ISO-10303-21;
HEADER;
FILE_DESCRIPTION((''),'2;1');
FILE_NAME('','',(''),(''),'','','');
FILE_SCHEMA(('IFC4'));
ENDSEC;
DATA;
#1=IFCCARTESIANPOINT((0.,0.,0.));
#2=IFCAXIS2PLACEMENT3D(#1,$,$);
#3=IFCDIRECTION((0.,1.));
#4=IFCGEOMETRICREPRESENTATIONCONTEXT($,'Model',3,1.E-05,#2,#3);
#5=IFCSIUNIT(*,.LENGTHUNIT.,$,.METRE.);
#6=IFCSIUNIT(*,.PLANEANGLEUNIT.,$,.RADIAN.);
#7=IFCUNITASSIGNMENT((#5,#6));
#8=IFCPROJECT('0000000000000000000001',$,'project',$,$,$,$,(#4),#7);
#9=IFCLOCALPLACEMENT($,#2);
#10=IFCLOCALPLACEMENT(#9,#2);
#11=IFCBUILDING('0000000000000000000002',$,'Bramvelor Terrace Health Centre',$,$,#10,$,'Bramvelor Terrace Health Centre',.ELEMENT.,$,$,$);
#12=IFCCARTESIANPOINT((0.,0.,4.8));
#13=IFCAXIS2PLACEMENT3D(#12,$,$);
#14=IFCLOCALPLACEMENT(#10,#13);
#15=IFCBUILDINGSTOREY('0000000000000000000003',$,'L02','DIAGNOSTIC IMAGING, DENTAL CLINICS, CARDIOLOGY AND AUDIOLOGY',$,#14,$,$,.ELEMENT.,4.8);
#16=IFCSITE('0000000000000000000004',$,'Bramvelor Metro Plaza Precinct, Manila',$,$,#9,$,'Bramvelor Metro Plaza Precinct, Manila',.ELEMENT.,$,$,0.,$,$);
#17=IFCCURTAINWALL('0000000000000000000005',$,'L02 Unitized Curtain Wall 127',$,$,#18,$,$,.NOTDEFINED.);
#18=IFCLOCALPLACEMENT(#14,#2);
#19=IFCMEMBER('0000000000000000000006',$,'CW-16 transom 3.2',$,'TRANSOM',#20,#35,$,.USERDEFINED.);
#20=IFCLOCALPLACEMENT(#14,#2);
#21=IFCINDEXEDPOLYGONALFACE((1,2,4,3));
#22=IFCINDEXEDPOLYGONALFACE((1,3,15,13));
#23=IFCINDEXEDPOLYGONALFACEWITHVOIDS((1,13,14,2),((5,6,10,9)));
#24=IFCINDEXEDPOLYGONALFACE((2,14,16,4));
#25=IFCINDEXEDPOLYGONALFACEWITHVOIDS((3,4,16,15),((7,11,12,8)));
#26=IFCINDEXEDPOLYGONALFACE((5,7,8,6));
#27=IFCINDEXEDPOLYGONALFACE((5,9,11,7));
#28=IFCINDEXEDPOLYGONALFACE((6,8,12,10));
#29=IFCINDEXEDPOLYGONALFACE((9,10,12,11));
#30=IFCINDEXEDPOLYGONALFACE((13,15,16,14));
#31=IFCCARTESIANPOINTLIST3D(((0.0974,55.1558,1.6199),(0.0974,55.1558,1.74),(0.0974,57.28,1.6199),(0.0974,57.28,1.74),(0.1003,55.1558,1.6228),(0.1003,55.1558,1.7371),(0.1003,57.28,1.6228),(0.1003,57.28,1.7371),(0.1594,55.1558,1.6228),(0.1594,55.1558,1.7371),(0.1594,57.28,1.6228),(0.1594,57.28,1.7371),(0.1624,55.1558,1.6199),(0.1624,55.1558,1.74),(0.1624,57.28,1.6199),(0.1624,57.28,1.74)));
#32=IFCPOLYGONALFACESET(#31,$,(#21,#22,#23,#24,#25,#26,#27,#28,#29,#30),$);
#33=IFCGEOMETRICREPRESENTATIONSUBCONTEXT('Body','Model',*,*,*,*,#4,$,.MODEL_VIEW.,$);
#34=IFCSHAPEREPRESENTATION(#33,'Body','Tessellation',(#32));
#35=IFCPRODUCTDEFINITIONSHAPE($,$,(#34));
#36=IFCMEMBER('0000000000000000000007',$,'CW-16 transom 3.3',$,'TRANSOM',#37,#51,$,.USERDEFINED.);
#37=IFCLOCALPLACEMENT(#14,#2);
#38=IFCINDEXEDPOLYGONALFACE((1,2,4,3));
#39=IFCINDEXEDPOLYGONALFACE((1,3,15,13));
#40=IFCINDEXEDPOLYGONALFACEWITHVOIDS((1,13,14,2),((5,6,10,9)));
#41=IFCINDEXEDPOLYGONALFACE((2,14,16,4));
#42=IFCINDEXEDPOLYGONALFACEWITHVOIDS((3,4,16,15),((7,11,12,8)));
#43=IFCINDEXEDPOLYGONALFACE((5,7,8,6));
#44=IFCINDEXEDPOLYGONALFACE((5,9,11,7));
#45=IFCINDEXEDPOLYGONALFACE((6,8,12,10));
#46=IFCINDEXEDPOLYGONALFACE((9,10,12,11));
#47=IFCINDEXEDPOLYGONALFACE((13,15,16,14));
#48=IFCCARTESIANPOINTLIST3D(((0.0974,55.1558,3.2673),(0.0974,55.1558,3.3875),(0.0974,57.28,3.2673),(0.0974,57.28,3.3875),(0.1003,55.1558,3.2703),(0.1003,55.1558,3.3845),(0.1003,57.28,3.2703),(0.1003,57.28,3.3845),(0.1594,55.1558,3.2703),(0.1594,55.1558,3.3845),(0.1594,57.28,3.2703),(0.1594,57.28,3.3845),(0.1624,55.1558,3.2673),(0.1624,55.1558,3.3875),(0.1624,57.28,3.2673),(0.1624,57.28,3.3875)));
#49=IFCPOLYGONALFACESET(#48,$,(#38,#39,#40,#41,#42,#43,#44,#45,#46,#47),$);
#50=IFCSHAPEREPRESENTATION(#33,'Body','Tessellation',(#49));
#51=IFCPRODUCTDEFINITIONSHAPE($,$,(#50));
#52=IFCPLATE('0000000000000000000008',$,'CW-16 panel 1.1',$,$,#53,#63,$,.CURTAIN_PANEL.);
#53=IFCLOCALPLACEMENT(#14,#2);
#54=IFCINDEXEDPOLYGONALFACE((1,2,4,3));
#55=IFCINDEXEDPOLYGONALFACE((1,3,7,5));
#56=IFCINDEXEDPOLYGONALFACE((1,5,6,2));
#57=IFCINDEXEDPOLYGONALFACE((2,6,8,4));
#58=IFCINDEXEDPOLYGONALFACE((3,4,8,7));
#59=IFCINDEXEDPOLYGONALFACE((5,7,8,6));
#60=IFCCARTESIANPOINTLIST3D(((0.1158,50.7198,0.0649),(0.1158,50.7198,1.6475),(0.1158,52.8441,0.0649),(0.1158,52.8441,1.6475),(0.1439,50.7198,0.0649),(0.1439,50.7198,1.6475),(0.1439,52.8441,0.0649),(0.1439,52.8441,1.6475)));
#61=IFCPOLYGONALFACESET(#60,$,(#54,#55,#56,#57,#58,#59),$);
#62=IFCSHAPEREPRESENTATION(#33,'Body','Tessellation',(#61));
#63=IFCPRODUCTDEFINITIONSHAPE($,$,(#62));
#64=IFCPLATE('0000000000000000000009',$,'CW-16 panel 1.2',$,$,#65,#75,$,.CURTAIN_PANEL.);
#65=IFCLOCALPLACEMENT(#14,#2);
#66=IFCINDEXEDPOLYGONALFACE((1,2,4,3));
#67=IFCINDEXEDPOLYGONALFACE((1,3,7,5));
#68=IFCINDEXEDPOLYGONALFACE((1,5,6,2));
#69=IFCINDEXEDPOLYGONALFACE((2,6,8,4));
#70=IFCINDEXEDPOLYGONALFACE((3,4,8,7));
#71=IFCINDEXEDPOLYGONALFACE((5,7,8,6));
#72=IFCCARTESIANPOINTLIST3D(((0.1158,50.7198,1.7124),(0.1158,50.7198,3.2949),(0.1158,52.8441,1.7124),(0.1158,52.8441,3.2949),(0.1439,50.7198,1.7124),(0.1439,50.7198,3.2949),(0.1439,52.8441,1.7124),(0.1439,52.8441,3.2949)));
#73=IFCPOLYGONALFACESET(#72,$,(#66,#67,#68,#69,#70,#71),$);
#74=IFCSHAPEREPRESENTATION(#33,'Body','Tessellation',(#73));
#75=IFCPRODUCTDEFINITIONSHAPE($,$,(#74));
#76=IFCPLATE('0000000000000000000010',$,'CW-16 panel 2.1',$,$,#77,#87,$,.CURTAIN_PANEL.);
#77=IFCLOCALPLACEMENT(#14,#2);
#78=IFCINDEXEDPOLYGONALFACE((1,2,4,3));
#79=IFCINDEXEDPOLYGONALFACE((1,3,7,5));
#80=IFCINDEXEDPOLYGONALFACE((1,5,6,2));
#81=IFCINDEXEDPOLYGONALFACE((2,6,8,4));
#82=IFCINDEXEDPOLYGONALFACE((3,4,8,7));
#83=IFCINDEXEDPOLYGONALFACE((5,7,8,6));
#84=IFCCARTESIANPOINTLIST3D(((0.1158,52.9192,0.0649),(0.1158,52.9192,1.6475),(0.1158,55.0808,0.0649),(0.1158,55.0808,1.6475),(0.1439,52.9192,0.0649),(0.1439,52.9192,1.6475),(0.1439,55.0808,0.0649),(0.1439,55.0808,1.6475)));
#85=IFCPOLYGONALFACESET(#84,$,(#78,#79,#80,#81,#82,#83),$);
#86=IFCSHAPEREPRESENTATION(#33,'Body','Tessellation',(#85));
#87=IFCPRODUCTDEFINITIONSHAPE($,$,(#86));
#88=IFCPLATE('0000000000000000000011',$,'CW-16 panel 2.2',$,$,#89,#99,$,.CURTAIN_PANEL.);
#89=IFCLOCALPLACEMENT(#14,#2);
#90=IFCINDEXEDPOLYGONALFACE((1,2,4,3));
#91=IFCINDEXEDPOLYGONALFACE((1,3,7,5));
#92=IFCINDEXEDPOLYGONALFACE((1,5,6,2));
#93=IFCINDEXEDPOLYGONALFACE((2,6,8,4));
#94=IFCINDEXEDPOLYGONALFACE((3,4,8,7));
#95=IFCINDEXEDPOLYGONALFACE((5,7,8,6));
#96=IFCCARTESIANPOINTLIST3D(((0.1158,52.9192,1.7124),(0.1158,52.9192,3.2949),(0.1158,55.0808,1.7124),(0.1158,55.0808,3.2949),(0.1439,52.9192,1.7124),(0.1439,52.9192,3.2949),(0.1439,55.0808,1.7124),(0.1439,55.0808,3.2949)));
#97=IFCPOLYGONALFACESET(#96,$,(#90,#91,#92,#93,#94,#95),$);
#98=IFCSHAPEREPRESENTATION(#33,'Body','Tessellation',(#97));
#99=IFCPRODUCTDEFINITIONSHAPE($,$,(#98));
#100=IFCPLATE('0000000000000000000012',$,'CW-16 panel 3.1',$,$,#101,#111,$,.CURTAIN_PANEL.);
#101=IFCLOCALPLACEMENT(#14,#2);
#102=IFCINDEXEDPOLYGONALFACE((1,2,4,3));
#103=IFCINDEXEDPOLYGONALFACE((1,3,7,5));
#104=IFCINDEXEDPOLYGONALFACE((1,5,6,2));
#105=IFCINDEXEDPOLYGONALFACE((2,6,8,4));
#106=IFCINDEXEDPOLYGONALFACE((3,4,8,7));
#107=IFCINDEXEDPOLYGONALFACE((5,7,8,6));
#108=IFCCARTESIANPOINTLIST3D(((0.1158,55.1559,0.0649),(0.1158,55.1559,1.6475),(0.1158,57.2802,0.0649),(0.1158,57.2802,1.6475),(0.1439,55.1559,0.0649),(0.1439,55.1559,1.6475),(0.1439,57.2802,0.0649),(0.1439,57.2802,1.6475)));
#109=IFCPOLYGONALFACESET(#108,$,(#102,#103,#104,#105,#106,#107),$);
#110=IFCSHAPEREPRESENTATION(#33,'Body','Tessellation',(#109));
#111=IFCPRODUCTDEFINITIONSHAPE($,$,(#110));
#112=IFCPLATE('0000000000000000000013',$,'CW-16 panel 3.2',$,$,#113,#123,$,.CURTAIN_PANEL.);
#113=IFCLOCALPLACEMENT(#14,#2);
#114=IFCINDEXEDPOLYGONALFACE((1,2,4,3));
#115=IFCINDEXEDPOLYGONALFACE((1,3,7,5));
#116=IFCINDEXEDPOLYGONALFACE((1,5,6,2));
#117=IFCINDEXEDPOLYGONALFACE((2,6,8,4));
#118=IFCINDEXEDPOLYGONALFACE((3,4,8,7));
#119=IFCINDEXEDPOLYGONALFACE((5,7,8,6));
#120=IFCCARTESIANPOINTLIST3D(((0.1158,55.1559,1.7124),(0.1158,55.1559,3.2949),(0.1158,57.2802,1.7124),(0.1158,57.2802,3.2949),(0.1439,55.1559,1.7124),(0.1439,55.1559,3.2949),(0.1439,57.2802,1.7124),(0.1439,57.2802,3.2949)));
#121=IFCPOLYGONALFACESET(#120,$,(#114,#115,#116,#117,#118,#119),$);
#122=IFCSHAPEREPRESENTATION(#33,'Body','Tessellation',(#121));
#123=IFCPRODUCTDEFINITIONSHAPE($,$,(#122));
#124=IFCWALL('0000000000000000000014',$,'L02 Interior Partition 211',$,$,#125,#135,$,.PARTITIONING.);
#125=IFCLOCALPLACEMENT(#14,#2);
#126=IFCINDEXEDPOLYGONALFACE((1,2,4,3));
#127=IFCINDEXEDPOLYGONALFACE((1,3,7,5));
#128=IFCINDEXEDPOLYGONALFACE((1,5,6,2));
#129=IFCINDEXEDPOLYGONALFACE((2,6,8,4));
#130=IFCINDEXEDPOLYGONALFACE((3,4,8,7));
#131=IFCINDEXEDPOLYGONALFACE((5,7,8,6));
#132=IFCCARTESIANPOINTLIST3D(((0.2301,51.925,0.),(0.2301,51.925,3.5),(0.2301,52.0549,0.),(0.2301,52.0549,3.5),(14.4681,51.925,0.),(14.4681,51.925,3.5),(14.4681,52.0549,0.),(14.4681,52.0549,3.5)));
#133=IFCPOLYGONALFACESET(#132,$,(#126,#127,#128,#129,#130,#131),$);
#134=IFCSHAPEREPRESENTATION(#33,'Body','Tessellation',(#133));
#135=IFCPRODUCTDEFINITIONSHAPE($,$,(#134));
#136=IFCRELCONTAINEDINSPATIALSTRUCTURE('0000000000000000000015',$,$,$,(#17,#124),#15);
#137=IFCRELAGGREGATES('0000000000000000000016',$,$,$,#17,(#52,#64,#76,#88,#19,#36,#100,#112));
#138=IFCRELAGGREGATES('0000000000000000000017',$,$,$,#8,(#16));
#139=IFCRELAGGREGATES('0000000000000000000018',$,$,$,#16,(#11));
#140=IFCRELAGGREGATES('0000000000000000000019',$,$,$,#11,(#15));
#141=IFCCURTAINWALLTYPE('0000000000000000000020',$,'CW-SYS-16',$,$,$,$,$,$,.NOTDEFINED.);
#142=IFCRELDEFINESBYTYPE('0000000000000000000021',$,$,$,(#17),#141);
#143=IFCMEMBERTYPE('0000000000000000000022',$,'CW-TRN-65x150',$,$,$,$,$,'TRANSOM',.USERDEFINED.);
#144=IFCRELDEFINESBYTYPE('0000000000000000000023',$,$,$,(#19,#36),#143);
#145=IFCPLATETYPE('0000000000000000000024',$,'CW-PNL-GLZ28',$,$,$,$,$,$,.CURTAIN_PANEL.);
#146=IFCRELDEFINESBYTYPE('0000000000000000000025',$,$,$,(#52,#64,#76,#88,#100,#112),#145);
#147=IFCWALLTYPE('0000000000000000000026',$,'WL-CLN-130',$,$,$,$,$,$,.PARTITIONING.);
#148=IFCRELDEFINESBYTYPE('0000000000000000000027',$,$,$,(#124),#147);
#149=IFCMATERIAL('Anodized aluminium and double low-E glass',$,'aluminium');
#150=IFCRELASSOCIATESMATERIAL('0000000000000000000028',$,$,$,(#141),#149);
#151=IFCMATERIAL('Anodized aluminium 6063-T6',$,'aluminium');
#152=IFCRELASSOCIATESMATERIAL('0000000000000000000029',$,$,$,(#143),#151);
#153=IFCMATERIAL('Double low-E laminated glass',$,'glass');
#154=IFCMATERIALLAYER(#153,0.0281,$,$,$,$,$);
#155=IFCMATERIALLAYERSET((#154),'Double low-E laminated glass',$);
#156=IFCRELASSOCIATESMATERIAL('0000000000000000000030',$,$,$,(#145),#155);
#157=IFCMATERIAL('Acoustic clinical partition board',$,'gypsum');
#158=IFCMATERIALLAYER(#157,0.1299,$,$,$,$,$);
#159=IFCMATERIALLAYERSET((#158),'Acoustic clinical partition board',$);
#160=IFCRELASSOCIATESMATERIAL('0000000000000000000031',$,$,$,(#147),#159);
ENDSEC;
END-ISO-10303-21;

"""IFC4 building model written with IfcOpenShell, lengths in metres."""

from ifc_helpers import new_model, si_unit, direction, frame, frame_2d, origin, origin_2d, place, context, subcontext, project, spatial, rectangle, hollow_rectangle, extrude, material, layer, layer_set, material_profile, profile_set, type_object, element, aggregate, save


model = new_model("IFC4")

# Units and contexts
model_context = context("Model", 3, precision=1e-05, world=origin(), true_north=direction((0.0, 1.0)))
body_context = subcontext(model_context, "Body", "Model", "MODEL_VIEW")
ifc_project = project(units=[si_unit("LENGTHUNIT", "METRE"), si_unit("PLANEANGLEUNIT", "RADIAN")], contexts=[model_context])

# Site, building, storey
site_placement = place(None, origin())
site = spatial("IfcSite", under=ifc_project, at=site_placement, Name="Bramvelor Metro Plaza Precinct, Manila", LongName="Bramvelor Metro Plaza Precinct, Manila", CompositionType="ELEMENT", RefElevation=0.0)
building_placement = place(site_placement, origin())
building = spatial("IfcBuilding", under=site, at=building_placement, Name="Bramvelor Terrace Health Centre", LongName="Bramvelor Terrace Health Centre", CompositionType="ELEMENT")
storey_placement = place(building_placement, frame((0.0, 0.0, 4.8)))
storey = spatial("IfcBuildingStorey", under=building, at=storey_placement, Name="L02", Description="DIAGNOSTIC IMAGING, DENTAL CLINICS, CARDIOLOGY AND AUDIOLOGY", CompositionType="ELEMENT", Elevation=4.8)

# Curtain wall, members, plates
ifc_material_1 = material(Name="Anodized aluminium and double low-E glass", Category="aluminium")
curtain_wall_type = type_object("IfcCurtainWallType", Name="CW-SYS-16", PredefinedType="NOTDEFINED", material=ifc_material_1)
curtain_wall_placement = place(storey_placement, origin())
curtain_wall = element("IfcCurtainWall", 1, at=curtain_wall_placement, inside=storey, type_object=curtain_wall_type, Name="L02 Unitized Curtain Wall 127", PredefinedType="NOTDEFINED")
ifc_material_2 = material(Name="Anodized aluminium 6063-T6", Category="aluminium")
ifc_material_profile_1 = material_profile(ifc_material_2, hollow_rectangle(XDim=0.0649, YDim=0.1201, WallThickness=0.0029, at=origin_2d()), Name="ALU-TRN 65x120x3.0")
ifc_profile_set_1 = profile_set([ifc_material_profile_1], Name="Anodized aluminium 6063-T6")
member_type_1 = type_object("IfcMemberType", Name="CW-TRN-65x150", ElementType="TRANSOM", PredefinedType="USERDEFINED", material=ifc_profile_set_1)
member_1_placement = place(storey_placement, frame((0.1299, 55.1558, 1.6799), z_axis=(0.0, 1.0, 0.0), x_axis=(-1.0, 0.0, 0.0)))
member_1 = element("IfcMember", 2, at=member_1_placement, type_object=member_type_1, Name="CW-16 transom 3.2", ObjectType="TRANSOM", PredefinedType="USERDEFINED", context=body_context, shape_type="SweptSolid", body=[
    extrude(hollow_rectangle(XDim=0.0649, YDim=0.1201, WallThickness=0.0029, at=origin_2d()), origin(), (0.0, 0.0, 1.0), 2.1243),
])
member_2_placement = place(storey_placement, frame((0.1299, 55.1558, 3.3274), z_axis=(0.0, 1.0, 0.0), x_axis=(-1.0, 0.0, 0.0)))
member_2 = element("IfcMember", 3, at=member_2_placement, type_object=member_type_1, Name="CW-16 transom 3.3", ObjectType="TRANSOM", PredefinedType="USERDEFINED", context=body_context, shape_type="SweptSolid", body=[
    extrude(hollow_rectangle(XDim=0.0649, YDim=0.1201, WallThickness=0.0029, at=origin_2d()), origin(), (0.0, 0.0, 1.0), 2.1243),
])
ifc_material_3 = material(Name="Double low-E laminated glass", Category="glass")
ifc_layer_1 = layer(ifc_material_3, 0.0281)
ifc_layer_set_1 = layer_set([ifc_layer_1], Name="Double low-E laminated glass")
plate_type = type_object("IfcPlateType", Name="CW-PNL-GLZ28", PredefinedType="CURTAIN_PANEL", material=ifc_layer_set_1)
plate_1_placement = place(storey_placement, frame((0.1299, 51.782, 0.0649), z_axis=(0.0, 0.0, 1.0), x_axis=(0.0, 1.0, 0.0)))
plate_1 = element("IfcPlate", 4, at=plate_1_placement, type_object=plate_type, Name="CW-16 panel 1.1", PredefinedType="CURTAIN_PANEL", context=body_context, shape_type="SweptSolid", body=[
    extrude(rectangle(XDim=2.1243, YDim=0.0281, at=origin_2d()), origin(), (0.0, 0.0, 1.0), 1.5825),
])
plate_2_placement = place(storey_placement, frame((0.1299, 51.782, 1.7124), z_axis=(0.0, 0.0, 1.0), x_axis=(0.0, 1.0, 0.0)))
plate_2 = element("IfcPlate", 5, at=plate_2_placement, type_object=plate_type, Name="CW-16 panel 1.2", PredefinedType="CURTAIN_PANEL", context=body_context, shape_type="SweptSolid", body=[
    extrude(rectangle(XDim=2.1243, YDim=0.0281, at=origin_2d()), origin(), (0.0, 0.0, 1.0), 1.5825),
])
plate_3_placement = place(storey_placement, frame((0.1299, 54.0, 0.0649), z_axis=(0.0, 0.0, 1.0), x_axis=(0.0, 1.0, 0.0)))
plate_3 = element("IfcPlate", 6, at=plate_3_placement, type_object=plate_type, Name="CW-16 panel 2.1", PredefinedType="CURTAIN_PANEL", context=body_context, shape_type="SweptSolid", body=[
    extrude(rectangle(XDim=2.1616, YDim=0.0281, at=origin_2d()), origin(), (0.0, 0.0, 1.0), 1.5825),
])
plate_4_placement = place(storey_placement, frame((0.1299, 54.0, 1.7124), z_axis=(0.0, 0.0, 1.0), x_axis=(0.0, 1.0, 0.0)))
plate_4 = element("IfcPlate", 7, at=plate_4_placement, type_object=plate_type, Name="CW-16 panel 2.2", PredefinedType="CURTAIN_PANEL", context=body_context, shape_type="SweptSolid", body=[
    extrude(rectangle(XDim=2.1616, YDim=0.0281, at=origin_2d()), origin(), (0.0, 0.0, 1.0), 1.5825),
])
plate_5_placement = place(storey_placement, frame((0.1299, 56.218, 0.0649), z_axis=(0.0, 0.0, 1.0), x_axis=(0.0, 1.0, 0.0)))
plate_5 = element("IfcPlate", 8, at=plate_5_placement, type_object=plate_type, Name="CW-16 panel 3.1", PredefinedType="CURTAIN_PANEL", context=body_context, shape_type="SweptSolid", body=[
    extrude(rectangle(XDim=2.1243, YDim=0.0281, at=origin_2d()), origin(), (0.0, 0.0, 1.0), 1.5825),
])
plate_6_placement = place(storey_placement, frame((0.1299, 56.218, 1.7124), z_axis=(0.0, 0.0, 1.0), x_axis=(0.0, 1.0, 0.0)))
plate_6 = element("IfcPlate", 9, at=plate_6_placement, type_object=plate_type, Name="CW-16 panel 3.2", PredefinedType="CURTAIN_PANEL", context=body_context, shape_type="SweptSolid", body=[
    extrude(rectangle(XDim=2.1243, YDim=0.0281, at=origin_2d()), origin(), (0.0, 0.0, 1.0), 1.5825),
])
aggregate(curtain_wall, [plate_1, plate_2, plate_3, plate_4, member_1, member_2, plate_5, plate_6])

# Wall
ifc_material_4 = material(Name="Acoustic clinical partition board", Category="gypsum")
ifc_layer_2 = layer(ifc_material_4, 0.1299)
ifc_layer_set_2 = layer_set([ifc_layer_2], Name="Acoustic clinical partition board")
wall_type = type_object("IfcWallType", Name="WL-CLN-130", PredefinedType="PARTITIONING", material=ifc_layer_set_2)
wall_placement = place(storey_placement, frame((0.23, 51.99, 0.0), z_axis=(0.0, 0.0, 1.0), x_axis=(1.0, 0.0, 0.0)))
element("IfcWall", 10, at=wall_placement, inside=storey, type_object=wall_type, Name="L02 Interior Partition 211", PredefinedType="PARTITIONING", context=body_context, shape_type="SweptSolid", body=[
    extrude(rectangle(XDim=14.238, YDim=0.1299, at=frame_2d((7.1191, 0.0))), origin(), (0.0, 0.0, 1.0), 3.5),
])

save(model, "model.ifc")
